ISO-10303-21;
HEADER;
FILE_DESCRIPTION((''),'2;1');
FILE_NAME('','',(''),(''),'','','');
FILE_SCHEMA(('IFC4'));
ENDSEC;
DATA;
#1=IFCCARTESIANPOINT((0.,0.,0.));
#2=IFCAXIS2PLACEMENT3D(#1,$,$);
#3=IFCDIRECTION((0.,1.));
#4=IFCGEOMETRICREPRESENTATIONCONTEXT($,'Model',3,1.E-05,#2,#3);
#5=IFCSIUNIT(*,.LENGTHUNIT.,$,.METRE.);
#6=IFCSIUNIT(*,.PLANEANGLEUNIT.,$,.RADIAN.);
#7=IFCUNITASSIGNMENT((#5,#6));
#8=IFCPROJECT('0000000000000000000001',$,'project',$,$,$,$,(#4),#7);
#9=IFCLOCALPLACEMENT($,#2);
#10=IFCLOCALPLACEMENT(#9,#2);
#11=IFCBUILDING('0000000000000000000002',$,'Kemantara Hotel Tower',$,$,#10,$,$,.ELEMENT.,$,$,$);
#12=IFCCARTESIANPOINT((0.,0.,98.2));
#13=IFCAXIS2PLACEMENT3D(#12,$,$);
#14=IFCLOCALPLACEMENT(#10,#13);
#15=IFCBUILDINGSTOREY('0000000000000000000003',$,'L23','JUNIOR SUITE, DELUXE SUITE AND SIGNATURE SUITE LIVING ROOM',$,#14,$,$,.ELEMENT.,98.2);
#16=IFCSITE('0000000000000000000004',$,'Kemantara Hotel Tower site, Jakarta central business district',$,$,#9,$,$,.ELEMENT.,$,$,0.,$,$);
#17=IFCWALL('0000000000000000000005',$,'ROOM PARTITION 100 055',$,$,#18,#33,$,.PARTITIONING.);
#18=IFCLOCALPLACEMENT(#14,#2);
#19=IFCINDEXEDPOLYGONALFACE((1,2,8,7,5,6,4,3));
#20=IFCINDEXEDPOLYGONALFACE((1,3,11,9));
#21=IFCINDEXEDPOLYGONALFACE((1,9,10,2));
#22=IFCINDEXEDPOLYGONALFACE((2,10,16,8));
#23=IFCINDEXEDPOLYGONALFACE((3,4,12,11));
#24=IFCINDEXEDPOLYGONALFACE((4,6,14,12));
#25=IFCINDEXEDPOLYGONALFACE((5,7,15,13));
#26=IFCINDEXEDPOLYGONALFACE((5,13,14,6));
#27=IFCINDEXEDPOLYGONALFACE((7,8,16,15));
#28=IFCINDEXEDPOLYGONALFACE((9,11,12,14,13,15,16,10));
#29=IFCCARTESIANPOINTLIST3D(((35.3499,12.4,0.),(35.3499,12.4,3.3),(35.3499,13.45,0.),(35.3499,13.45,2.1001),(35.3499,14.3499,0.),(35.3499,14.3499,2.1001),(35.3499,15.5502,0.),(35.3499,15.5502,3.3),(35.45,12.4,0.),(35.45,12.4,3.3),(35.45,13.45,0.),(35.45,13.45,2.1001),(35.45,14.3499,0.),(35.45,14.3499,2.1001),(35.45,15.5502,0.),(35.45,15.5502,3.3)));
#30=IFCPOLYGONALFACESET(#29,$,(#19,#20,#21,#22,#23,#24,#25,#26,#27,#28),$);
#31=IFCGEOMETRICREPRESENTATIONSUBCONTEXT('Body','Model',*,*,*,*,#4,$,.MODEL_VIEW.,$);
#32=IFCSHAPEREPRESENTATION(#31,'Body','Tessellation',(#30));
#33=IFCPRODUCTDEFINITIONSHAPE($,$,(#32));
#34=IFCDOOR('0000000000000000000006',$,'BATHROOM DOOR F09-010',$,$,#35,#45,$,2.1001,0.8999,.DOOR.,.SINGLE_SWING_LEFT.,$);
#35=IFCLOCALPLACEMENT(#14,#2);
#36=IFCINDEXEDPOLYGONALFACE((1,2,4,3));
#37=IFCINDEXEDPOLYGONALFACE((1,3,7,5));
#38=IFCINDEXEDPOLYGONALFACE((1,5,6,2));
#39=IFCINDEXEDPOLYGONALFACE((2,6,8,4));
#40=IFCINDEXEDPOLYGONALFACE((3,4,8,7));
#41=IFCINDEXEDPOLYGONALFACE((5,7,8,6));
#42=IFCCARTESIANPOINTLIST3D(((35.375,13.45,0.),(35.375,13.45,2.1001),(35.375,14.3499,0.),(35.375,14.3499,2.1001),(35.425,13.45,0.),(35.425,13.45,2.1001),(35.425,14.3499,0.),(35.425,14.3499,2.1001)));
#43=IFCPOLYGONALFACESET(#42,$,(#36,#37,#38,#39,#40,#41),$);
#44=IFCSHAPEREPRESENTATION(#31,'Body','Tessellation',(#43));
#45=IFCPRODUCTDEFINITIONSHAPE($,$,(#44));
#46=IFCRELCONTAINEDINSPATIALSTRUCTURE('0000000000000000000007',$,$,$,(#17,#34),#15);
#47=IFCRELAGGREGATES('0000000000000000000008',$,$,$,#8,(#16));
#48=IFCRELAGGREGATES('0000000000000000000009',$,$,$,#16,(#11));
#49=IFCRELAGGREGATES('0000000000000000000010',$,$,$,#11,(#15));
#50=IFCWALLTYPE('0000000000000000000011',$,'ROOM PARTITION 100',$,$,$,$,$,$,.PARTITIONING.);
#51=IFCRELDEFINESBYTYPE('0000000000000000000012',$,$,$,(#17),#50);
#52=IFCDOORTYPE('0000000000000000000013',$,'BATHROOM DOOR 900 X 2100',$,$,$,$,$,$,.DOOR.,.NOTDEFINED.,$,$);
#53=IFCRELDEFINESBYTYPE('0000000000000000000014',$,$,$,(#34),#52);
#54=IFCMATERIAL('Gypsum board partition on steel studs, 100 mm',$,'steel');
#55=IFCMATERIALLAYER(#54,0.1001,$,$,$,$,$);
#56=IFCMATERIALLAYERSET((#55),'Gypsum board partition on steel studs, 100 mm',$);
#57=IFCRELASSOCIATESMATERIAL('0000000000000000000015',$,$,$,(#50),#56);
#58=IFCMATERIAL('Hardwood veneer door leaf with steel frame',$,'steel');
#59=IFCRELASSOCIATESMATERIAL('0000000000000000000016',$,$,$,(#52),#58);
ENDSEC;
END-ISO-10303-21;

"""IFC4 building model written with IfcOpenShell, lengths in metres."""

from ifc_helpers import new_model, si_unit, direction, frame, frame_2d, origin, place, context, subcontext, project, spatial, rectangle, extrude, material, layer, layer_set, type_object, element, fill, save


model = new_model("IFC4")

# Units and contexts
model_context = context("Model", 3, precision=1e-05, world=origin(), true_north=direction((0.0, 1.0)))
body_context = subcontext(model_context, "Body", "Model", "MODEL_VIEW")
ifc_project = project(units=[si_unit("LENGTHUNIT", "METRE"), si_unit("PLANEANGLEUNIT", "RADIAN")], contexts=[model_context])

# Site, building, storey
site_placement = place(None, origin())
site = spatial("IfcSite", under=ifc_project, at=site_placement, Name="Kemantara Hotel Tower site, Jakarta central business district", CompositionType="ELEMENT", RefElevation=0.0)
building_placement = place(site_placement, origin())
building = spatial("IfcBuilding", under=site, at=building_placement, Name="Kemantara Hotel Tower", CompositionType="ELEMENT")
storey_placement = place(building_placement, frame((0.0, 0.0, 98.2)))
storey = spatial("IfcBuildingStorey", under=building, at=storey_placement, Name="L23", Description="JUNIOR SUITE, DELUXE SUITE AND SIGNATURE SUITE LIVING ROOM", CompositionType="ELEMENT", Elevation=98.2)

# Shared definitions
ifc_material_1 = material(Name="Hardwood veneer door leaf with steel frame", Category="steel")

# Shared definitions
ifc_material_2 = material(Name="Gypsum board partition on steel studs, 100 mm", Category="steel")
ifc_layer_1 = layer(ifc_material_2, 0.1001)
ifc_layer_set_1 = layer_set([ifc_layer_1], Name="Gypsum board partition on steel studs, 100 mm")
wall_type_1 = type_object("IfcWallType", Name="ROOM PARTITION 100", PredefinedType="PARTITIONING", material=ifc_layer_set_1)

# Wall, opening, door
door_type_1 = type_object("IfcDoorType", Name="BATHROOM DOOR 900 X 2100", OperationType="NOTDEFINED", PredefinedType="DOOR", material=ifc_material_1)
wall_1_placement = place(storey_placement, frame((35.3999, 12.3999, 0.0), z_axis=(0.0, 0.0, 1.0), x_axis=(0.0, 1.0, 0.0)))
wall_1 = element("IfcWall", 1, at=wall_1_placement, inside=storey, type_object=wall_type_1, Name="ROOM PARTITION 100 055", PredefinedType="PARTITIONING", context=body_context, shape_type="SweptSolid", body=[
    extrude(rectangle(XDim=3.1501, YDim=0.1001, at=frame_2d((1.5752, 0.0))), origin(), (0.0, 0.0, 1.0), 3.3),
])
opening_1_placement = place(wall_1_placement, frame((1.05, 0.0, 0.0)))
opening_1 = element("IfcOpeningElement", 2, at=opening_1_placement, cuts=wall_1, PredefinedType="OPENING", context=body_context, shape_type="SweptSolid", body=[
    extrude(rectangle(XDim=0.8999, YDim=2.1001, at=frame_2d((0.45, 1.05))), frame((0.0, 0.0601, 0.0), z_axis=(0.0, -1.0, 0.0), x_axis=(1.0, 0.0, 0.0)), (0.0, 0.0, 1.0), 0.1201),
])
door_1_placement = place(opening_1_placement, origin())
door_1 = element("IfcDoor", 3, at=door_1_placement, inside=storey, type_object=door_type_1, Name="BATHROOM DOOR F09-010", OperationType="SINGLE_SWING_LEFT", OverallHeight=2.1001, OverallWidth=0.8999, PredefinedType="DOOR", context=body_context, shape_type="SweptSolid", body=[
    extrude(rectangle(XDim=0.8999, YDim=2.1001, at=frame_2d((0.45, 1.05))), frame((0.0, 0.0249, 0.0), z_axis=(0.0, -1.0, 0.0), x_axis=(1.0, 0.0, 0.0)), (0.0, 0.0, 1.0), 0.05),
])
fill(opening_1, door_1)

save(model, "model.ifc")
